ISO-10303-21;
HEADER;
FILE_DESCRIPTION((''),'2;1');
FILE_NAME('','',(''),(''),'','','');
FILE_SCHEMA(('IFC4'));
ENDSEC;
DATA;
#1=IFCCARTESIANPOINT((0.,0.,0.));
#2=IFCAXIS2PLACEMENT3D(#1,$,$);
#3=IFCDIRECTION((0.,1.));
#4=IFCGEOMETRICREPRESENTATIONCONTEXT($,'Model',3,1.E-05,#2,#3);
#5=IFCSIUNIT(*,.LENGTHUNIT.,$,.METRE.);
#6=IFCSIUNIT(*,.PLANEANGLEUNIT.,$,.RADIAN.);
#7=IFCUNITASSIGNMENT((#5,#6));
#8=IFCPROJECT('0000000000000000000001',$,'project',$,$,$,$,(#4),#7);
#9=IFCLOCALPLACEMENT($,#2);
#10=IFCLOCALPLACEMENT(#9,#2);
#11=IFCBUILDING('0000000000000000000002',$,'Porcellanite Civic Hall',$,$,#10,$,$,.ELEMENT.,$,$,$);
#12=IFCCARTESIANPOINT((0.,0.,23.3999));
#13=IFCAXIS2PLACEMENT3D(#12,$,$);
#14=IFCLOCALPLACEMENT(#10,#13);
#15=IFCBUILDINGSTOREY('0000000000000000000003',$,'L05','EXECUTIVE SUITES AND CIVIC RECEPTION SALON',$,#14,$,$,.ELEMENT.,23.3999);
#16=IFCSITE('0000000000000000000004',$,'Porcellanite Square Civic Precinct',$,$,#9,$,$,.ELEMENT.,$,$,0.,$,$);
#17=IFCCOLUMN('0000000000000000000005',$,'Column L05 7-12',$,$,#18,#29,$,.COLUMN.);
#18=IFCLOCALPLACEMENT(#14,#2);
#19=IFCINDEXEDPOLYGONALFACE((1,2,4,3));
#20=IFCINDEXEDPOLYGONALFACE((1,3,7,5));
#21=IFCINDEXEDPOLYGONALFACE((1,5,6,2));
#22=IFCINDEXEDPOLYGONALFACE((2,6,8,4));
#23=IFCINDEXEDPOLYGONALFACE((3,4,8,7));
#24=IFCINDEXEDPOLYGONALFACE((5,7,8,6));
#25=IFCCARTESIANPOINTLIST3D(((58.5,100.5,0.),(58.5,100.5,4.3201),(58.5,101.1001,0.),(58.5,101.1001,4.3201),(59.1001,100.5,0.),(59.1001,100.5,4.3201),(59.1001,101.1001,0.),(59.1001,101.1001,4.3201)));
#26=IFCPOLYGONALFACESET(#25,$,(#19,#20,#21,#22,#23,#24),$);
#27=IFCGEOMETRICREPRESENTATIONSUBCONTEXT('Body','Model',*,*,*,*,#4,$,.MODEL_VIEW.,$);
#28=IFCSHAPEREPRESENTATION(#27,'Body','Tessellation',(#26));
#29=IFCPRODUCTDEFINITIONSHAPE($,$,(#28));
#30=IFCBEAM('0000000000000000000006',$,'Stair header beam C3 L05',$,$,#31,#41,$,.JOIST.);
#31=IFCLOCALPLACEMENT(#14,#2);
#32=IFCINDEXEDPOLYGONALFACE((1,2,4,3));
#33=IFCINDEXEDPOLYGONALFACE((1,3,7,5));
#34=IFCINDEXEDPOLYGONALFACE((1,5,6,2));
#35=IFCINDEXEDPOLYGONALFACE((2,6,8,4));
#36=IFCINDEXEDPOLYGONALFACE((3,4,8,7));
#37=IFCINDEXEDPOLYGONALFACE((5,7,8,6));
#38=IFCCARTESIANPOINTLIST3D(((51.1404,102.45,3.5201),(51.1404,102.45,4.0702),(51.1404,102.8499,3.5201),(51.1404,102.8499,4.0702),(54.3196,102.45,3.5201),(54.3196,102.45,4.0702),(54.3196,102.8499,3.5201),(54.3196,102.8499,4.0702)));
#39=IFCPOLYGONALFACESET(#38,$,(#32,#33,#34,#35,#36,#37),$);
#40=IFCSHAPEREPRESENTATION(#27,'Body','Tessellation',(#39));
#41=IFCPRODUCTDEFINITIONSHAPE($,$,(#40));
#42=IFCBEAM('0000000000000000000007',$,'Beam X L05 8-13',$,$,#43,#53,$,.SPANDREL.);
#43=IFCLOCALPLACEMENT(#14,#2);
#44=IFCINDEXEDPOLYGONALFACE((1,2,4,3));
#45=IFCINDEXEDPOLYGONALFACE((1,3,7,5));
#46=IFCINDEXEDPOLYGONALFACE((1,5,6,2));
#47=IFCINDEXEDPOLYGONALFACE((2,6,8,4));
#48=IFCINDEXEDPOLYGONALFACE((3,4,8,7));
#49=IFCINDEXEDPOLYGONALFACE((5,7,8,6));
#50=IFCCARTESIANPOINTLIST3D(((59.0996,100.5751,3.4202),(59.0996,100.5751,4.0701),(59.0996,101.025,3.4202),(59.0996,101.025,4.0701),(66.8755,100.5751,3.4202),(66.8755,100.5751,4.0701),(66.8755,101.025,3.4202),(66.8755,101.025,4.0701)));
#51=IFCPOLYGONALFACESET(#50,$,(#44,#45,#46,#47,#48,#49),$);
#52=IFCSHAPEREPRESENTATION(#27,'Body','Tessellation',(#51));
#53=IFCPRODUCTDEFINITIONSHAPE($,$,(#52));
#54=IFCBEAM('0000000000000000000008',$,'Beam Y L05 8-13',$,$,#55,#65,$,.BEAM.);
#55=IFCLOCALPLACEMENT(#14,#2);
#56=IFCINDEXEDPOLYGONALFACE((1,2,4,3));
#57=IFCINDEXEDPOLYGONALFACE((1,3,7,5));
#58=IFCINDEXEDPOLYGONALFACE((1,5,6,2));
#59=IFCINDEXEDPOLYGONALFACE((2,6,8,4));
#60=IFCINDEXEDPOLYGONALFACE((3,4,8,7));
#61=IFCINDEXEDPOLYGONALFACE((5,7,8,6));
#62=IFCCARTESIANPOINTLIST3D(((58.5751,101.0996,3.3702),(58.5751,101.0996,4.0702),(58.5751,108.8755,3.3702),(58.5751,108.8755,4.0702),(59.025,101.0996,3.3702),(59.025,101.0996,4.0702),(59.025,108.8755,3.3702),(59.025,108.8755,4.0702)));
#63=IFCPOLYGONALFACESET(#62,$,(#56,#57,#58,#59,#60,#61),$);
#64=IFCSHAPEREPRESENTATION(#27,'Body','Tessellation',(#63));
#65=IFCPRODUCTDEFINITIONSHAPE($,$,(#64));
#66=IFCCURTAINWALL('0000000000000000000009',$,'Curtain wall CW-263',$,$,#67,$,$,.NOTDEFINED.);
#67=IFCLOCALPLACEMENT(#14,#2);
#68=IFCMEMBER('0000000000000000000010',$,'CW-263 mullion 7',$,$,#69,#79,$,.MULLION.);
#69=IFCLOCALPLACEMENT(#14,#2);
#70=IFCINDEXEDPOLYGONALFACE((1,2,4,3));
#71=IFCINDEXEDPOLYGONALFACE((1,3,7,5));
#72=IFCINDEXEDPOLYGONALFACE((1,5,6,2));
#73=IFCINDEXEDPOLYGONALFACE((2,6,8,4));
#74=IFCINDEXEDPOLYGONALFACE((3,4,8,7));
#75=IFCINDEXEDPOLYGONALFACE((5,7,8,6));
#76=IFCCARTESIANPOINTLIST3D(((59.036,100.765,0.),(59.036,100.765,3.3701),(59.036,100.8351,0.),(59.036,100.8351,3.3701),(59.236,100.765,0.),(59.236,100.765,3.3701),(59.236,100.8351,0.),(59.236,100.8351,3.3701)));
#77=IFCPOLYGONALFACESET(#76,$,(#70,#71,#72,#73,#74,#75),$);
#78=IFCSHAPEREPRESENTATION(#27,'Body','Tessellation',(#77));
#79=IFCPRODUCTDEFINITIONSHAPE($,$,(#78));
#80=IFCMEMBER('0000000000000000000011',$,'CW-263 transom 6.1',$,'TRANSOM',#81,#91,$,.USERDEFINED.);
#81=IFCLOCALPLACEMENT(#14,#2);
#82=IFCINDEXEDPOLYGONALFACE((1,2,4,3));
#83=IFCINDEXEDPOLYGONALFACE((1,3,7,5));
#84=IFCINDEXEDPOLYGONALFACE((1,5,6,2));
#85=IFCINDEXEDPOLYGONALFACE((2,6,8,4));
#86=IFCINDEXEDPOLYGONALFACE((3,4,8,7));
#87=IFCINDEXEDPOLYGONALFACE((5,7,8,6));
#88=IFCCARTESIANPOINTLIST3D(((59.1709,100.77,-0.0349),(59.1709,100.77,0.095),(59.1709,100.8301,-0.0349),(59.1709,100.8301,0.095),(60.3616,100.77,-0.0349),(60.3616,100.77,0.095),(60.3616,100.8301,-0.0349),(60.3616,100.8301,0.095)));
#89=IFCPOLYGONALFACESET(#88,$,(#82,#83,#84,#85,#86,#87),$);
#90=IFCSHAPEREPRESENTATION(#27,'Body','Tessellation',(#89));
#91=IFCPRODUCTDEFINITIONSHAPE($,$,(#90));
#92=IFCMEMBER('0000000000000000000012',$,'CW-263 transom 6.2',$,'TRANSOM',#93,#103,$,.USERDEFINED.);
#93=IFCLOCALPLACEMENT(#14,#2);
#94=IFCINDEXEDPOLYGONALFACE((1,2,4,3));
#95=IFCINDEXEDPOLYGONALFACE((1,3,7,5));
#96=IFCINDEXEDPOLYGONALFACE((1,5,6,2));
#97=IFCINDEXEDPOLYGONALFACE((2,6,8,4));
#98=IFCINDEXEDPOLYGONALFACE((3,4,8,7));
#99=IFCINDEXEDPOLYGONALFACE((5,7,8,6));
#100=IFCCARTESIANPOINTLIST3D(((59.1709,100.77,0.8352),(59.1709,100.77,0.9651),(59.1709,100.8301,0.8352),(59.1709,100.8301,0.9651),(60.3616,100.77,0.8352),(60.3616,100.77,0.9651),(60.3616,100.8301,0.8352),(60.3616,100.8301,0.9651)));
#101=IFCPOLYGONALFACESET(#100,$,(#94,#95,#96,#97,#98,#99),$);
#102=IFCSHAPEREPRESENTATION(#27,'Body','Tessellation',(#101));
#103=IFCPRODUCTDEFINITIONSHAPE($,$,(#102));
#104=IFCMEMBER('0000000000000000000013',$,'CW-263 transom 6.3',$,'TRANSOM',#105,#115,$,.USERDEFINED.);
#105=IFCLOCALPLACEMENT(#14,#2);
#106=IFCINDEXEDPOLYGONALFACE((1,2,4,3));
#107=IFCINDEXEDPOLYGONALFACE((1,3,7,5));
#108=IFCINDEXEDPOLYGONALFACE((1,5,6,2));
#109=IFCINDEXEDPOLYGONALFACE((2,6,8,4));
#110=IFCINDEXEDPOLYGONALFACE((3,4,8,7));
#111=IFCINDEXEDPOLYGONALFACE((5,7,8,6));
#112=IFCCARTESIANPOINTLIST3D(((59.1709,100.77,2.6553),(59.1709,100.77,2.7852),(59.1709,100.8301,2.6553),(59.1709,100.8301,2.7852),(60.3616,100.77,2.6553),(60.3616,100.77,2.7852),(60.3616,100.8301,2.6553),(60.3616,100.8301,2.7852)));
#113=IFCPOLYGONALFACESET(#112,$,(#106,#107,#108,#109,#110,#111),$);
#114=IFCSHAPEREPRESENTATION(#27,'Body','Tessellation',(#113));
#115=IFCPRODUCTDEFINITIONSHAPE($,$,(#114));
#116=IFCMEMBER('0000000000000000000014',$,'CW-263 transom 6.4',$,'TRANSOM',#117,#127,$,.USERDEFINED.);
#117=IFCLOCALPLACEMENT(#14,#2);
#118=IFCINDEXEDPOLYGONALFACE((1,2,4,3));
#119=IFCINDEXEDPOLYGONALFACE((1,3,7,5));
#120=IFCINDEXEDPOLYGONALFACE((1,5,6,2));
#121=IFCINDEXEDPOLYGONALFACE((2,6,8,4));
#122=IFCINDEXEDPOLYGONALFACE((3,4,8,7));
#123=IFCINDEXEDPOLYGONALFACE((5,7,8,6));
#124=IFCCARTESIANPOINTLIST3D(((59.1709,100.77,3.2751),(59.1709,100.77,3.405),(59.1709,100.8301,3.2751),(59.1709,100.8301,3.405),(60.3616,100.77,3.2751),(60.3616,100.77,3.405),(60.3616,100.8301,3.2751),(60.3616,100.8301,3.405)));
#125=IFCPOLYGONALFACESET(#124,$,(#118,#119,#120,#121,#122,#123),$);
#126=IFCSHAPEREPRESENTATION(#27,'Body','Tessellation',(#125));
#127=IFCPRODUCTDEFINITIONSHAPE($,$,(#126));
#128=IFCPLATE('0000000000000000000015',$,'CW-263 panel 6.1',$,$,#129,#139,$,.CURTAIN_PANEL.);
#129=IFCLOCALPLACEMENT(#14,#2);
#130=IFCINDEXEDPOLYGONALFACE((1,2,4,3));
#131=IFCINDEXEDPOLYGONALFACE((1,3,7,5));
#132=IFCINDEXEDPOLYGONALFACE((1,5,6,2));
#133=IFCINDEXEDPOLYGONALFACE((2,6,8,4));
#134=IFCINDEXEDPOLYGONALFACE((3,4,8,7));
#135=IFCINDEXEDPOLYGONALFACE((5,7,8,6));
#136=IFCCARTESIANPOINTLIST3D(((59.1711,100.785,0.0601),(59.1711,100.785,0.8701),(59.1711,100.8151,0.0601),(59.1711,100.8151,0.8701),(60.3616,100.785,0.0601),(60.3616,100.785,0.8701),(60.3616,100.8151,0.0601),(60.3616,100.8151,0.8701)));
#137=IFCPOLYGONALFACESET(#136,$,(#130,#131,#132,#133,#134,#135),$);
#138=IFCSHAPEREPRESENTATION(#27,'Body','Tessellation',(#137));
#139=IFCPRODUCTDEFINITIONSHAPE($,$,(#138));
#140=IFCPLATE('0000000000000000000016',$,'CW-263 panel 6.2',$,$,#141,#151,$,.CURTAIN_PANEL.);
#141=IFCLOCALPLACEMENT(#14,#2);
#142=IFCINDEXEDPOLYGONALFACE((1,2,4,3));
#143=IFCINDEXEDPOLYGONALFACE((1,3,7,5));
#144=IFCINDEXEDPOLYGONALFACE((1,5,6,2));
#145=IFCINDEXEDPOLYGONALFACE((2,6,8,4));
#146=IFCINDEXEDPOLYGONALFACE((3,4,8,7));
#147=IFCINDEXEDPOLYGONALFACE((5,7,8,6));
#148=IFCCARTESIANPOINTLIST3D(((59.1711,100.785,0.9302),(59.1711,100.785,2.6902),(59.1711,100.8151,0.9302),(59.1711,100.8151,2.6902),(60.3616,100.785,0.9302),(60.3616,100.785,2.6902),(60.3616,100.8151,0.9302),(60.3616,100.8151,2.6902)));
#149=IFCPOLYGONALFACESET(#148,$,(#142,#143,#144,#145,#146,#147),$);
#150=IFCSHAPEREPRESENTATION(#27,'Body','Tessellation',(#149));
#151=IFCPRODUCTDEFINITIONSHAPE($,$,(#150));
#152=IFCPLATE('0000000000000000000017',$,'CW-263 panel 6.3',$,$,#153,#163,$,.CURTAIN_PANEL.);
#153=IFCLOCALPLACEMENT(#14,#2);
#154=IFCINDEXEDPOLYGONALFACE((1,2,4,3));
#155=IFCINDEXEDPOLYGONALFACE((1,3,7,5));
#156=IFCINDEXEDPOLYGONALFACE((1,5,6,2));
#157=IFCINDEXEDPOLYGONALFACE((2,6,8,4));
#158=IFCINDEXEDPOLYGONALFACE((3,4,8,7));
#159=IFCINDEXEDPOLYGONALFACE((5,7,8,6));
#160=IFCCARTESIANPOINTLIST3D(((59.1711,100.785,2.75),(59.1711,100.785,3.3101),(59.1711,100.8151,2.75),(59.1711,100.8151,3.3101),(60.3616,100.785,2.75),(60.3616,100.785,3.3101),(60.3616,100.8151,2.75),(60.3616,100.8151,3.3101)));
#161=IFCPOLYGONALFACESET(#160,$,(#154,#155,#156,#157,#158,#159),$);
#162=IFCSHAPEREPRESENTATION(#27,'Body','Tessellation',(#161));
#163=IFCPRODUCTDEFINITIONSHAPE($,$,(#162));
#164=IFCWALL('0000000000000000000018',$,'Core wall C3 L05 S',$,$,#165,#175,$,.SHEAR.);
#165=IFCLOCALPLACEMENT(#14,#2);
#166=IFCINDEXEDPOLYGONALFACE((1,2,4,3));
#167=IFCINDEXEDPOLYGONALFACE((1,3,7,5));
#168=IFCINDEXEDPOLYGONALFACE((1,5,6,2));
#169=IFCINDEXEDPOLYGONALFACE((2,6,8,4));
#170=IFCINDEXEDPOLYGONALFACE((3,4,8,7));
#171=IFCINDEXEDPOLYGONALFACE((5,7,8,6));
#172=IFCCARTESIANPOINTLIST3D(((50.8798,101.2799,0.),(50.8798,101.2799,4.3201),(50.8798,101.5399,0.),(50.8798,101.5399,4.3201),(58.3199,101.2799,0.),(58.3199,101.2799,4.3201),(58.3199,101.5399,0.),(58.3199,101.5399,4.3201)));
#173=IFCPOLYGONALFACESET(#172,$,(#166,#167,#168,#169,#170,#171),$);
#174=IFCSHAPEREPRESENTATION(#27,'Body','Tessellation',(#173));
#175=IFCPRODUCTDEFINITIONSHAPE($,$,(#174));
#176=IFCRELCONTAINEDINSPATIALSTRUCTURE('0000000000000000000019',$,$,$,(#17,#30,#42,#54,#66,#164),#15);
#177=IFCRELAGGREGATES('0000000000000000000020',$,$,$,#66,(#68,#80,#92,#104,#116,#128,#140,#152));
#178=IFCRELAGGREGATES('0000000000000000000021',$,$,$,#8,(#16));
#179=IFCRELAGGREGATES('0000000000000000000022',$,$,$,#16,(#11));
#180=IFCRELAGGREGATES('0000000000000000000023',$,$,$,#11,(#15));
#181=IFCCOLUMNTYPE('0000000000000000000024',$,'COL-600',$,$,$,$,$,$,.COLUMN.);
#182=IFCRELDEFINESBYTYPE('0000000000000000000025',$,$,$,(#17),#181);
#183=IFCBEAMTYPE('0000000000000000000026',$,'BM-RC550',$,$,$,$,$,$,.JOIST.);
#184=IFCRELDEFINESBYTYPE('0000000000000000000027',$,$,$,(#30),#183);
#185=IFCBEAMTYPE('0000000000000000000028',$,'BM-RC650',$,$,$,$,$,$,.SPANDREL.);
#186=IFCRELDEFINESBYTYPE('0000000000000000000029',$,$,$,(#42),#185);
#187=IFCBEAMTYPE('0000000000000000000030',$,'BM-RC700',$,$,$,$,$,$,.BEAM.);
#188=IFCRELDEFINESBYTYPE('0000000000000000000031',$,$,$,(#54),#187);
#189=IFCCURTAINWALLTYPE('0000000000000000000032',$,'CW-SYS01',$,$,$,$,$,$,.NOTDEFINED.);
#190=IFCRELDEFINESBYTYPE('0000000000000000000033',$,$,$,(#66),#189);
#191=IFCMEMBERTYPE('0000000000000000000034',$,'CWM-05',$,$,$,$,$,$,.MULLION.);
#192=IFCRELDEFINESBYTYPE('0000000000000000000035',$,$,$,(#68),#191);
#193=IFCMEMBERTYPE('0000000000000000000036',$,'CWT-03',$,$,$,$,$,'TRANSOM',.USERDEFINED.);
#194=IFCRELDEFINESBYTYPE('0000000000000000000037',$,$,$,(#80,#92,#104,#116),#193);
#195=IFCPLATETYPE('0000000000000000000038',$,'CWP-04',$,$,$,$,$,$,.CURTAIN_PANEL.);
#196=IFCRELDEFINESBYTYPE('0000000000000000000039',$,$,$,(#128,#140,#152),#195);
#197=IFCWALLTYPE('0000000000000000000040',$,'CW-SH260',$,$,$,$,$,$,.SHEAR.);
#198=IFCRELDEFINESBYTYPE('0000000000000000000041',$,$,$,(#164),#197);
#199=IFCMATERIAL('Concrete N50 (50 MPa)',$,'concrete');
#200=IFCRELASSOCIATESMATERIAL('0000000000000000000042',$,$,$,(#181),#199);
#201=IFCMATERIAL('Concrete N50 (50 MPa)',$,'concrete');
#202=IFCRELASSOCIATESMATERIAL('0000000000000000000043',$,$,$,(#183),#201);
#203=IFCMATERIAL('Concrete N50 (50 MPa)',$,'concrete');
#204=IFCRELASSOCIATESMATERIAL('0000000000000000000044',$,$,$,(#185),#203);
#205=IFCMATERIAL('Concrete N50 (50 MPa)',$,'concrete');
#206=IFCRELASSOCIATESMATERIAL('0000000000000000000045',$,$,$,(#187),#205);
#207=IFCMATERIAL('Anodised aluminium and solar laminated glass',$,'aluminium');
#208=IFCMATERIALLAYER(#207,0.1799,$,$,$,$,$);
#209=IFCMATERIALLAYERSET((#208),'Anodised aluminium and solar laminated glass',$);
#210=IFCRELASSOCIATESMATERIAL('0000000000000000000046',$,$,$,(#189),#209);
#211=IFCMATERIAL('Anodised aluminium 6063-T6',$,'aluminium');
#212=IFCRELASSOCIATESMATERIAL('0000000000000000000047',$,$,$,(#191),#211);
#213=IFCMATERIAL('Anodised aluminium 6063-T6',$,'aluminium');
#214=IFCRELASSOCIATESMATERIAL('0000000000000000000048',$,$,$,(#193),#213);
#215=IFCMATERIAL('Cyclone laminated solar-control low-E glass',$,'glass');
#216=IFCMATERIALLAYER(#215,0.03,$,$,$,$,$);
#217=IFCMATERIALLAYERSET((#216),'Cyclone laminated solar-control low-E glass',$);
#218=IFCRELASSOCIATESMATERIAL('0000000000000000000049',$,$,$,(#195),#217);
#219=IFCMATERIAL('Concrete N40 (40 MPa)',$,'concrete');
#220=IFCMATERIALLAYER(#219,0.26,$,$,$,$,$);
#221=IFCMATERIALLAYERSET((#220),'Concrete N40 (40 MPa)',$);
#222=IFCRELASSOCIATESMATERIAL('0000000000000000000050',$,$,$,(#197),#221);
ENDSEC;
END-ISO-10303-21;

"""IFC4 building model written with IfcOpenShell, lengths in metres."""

from ifc_helpers import new_model, si_unit, direction, frame, frame_2d, origin, origin_2d, place, context, subcontext, project, spatial, rectangle, extrude, material, layer, layer_set, material_profile, profile_set, type_object, element, aggregate, save


model = new_model("IFC4")

# Units and contexts
model_context = context("Model", 3, precision=1e-05, world=origin(), true_north=direction((0.0, 1.0)))
body_context = subcontext(model_context, "Body", "Model", "MODEL_VIEW")
ifc_project = project(units=[si_unit("LENGTHUNIT", "METRE"), si_unit("PLANEANGLEUNIT", "RADIAN")], contexts=[model_context])

# Site, building, storey
site_placement = place(None, origin())
site = spatial("IfcSite", under=ifc_project, at=site_placement, Name="Porcellanite Square Civic Precinct", CompositionType="ELEMENT", RefElevation=0.0)
building_placement = place(site_placement, origin())
building = spatial("IfcBuilding", under=site, at=building_placement, Name="Porcellanite Civic Hall", CompositionType="ELEMENT")
storey_placement = place(building_placement, frame((0.0, 0.0, 23.3999)))
storey = spatial("IfcBuildingStorey", under=building, at=storey_placement, Name="L05", Description="EXECUTIVE SUITES AND CIVIC RECEPTION SALON", CompositionType="ELEMENT", Elevation=23.3999)

# Column
ifc_material_1 = material(Name="Concrete N50 (50 MPa)", Category="concrete")
ifc_material_profile_1 = material_profile(ifc_material_1, rectangle(XDim=0.6001, YDim=0.6001, at=origin_2d()), Name="RC-600x600")
ifc_profile_set_1 = profile_set([ifc_material_profile_1], Name="Concrete N50 (50 MPa)")
column_type = type_object("IfcColumnType", Name="COL-600", PredefinedType="COLUMN", material=ifc_profile_set_1)
column_placement = place(storey_placement, frame((58.8, 100.8, 0.0), z_axis=(0.0, 0.0, 1.0), x_axis=(1.0, 0.0, 0.0)))
element("IfcColumn", 1, at=column_placement, inside=storey, type_object=column_type, Name="Column L05 7-12", PredefinedType="COLUMN", context=body_context, shape_type="SweptSolid", body=[
    extrude(rectangle(XDim=0.6001, YDim=0.6001, at=origin_2d()), origin(), (0.0, 0.0, 1.0), 4.3201),
])

# Beams
ifc_material_2 = material(Name="Concrete N50 (50 MPa)", Category="concrete")
ifc_material_profile_2 = material_profile(ifc_material_2, rectangle(XDim=0.3999, YDim=0.55, at=origin_2d()), Name="RC-400x550")
ifc_profile_set_2 = profile_set([ifc_material_profile_2], Name="Concrete N50 (50 MPa)")
beam_type_1 = type_object("IfcBeamType", Name="BM-RC550", PredefinedType="JOIST", material=ifc_profile_set_2)
beam_1_placement = place(storey_placement, frame((51.1404, 102.6499, 3.7952), z_axis=(1.0, 0.0, 0.0), x_axis=(0.0, 1.0, 0.0)))
element("IfcBeam", 2, at=beam_1_placement, inside=storey, type_object=beam_type_1, Name="Stair header beam C3 L05", PredefinedType="JOIST", context=body_context, shape_type="SweptSolid", body=[
    extrude(rectangle(XDim=0.3999, YDim=0.55, at=origin_2d()), origin(), (0.0, 0.0, 1.0), 3.1792),
])
ifc_material_3 = material(Name="Concrete N50 (50 MPa)", Category="concrete")
ifc_material_profile_3 = material_profile(ifc_material_3, rectangle(XDim=0.45, YDim=0.6499, at=origin_2d()), Name="RC-450x650")
ifc_profile_set_3 = profile_set([ifc_material_profile_3], Name="Concrete N50 (50 MPa)")
beam_type_2 = type_object("IfcBeamType", Name="BM-RC650", PredefinedType="SPANDREL", material=ifc_profile_set_3)
beam_2_placement = place(storey_placement, frame((59.0996, 100.8, 3.7451), z_axis=(1.0, 0.0, 0.0), x_axis=(0.0, 1.0, 0.0)))
element("IfcBeam", 3, at=beam_2_placement, inside=storey, type_object=beam_type_2, Name="Beam X L05 8-13", PredefinedType="SPANDREL", context=body_context, shape_type="SweptSolid", body=[
    extrude(rectangle(XDim=0.45, YDim=0.6499, at=origin_2d()), origin(), (0.0, 0.0, 1.0), 7.7759),
])
ifc_material_4 = material(Name="Concrete N50 (50 MPa)", Category="concrete")
ifc_material_profile_4 = material_profile(ifc_material_4, rectangle(XDim=0.45, YDim=0.7, at=origin_2d()), Name="RC-450x700")
ifc_profile_set_4 = profile_set([ifc_material_profile_4], Name="Concrete N50 (50 MPa)")
beam_type_3 = type_object("IfcBeamType", Name="BM-RC700", PredefinedType="BEAM", material=ifc_profile_set_4)
beam_3_placement = place(storey_placement, frame((58.8, 101.0996, 3.7202), z_axis=(0.0, 1.0, 0.0), x_axis=(-1.0, 0.0, 0.0)))
element("IfcBeam", 4, at=beam_3_placement, inside=storey, type_object=beam_type_3, Name="Beam Y L05 8-13", PredefinedType="BEAM", context=body_context, shape_type="SweptSolid", body=[
    extrude(rectangle(XDim=0.45, YDim=0.7, at=origin_2d()), origin(), (0.0, 0.0, 1.0), 7.7759),
])

# Curtain wall, members, plates
ifc_material_5 = material(Name="Anodised aluminium and solar laminated glass", Category="aluminium")
ifc_layer_1 = layer(ifc_material_5, 0.1799)
ifc_layer_set_1 = layer_set([ifc_layer_1], Name="Anodised aluminium and solar laminated glass")
curtain_wall_type = type_object("IfcCurtainWallType", Name="CW-SYS01", PredefinedType="NOTDEFINED", material=ifc_layer_set_1)
curtain_wall_placement = place(storey_placement, origin())
curtain_wall = element("IfcCurtainWall", 5, at=curtain_wall_placement, inside=storey, type_object=curtain_wall_type, Name="Curtain wall CW-263", PredefinedType="NOTDEFINED")
ifc_material_6 = material(Name="Anodised aluminium 6063-T6", Category="aluminium")
ifc_material_profile_5 = material_profile(ifc_material_6, rectangle(XDim=0.0701, YDim=0.2, at=origin_2d()), Name="AL-70x200")
ifc_profile_set_5 = profile_set([ifc_material_profile_5], Name="Anodised aluminium 6063-T6")
member_type_1 = type_object("IfcMemberType", Name="CWM-05", PredefinedType="MULLION", material=ifc_profile_set_5)
member_1_placement = place(storey_placement, frame((59.136, 100.8, 0.0), z_axis=(0.0, 0.0, 1.0), x_axis=(0.0, -1.0, 0.0)))
member_1 = element("IfcMember", 6, at=member_1_placement, type_object=member_type_1, Name="CW-263 mullion 7", PredefinedType="MULLION", context=body_context, shape_type="SweptSolid", body=[
    extrude(rectangle(XDim=0.0701, YDim=0.2, at=origin_2d()), origin(), (0.0, 0.0, 1.0), 3.3701),
])
ifc_material_7 = material(Name="Anodised aluminium 6063-T6", Category="aluminium")
ifc_material_profile_6 = material_profile(ifc_material_7, rectangle(XDim=0.0601, YDim=0.1299, at=origin_2d()), Name="AL-60x130")
ifc_profile_set_6 = profile_set([ifc_material_profile_6], Name="Anodised aluminium 6063-T6")
member_type_2 = type_object("IfcMemberType", Name="CWT-03", ElementType="TRANSOM", PredefinedType="USERDEFINED", material=ifc_profile_set_6)
member_2_placement = place(storey_placement, frame((60.3616, 100.8, 0.03), z_axis=(-1.0, 0.0, 0.0), x_axis=(0.0, -1.0, 0.0)))
member_2 = element("IfcMember", 7, at=member_2_placement, type_object=member_type_2, Name="CW-263 transom 6.1", ObjectType="TRANSOM", PredefinedType="USERDEFINED", context=body_context, shape_type="SweptSolid", body=[
    extrude(rectangle(XDim=0.0601, YDim=0.1299, at=origin_2d()), origin(), (0.0, 0.0, 1.0), 1.1907),
])
member_3_placement = place(storey_placement, frame((60.3616, 100.8, 0.9001), z_axis=(-1.0, 0.0, 0.0), x_axis=(0.0, -1.0, 0.0)))
member_3 = element("IfcMember", 8, at=member_3_placement, type_object=member_type_2, Name="CW-263 transom 6.2", ObjectType="TRANSOM", PredefinedType="USERDEFINED", context=body_context, shape_type="SweptSolid", body=[
    extrude(rectangle(XDim=0.0601, YDim=0.1299, at=origin_2d()), origin(), (0.0, 0.0, 1.0), 1.1907),
])
member_4_placement = place(storey_placement, frame((60.3616, 100.8, 2.7202), z_axis=(-1.0, 0.0, 0.0), x_axis=(0.0, -1.0, 0.0)))
member_4 = element("IfcMember", 9, at=member_4_placement, type_object=member_type_2, Name="CW-263 transom 6.3", ObjectType="TRANSOM", PredefinedType="USERDEFINED", context=body_context, shape_type="SweptSolid", body=[
    extrude(rectangle(XDim=0.0601, YDim=0.1299, at=origin_2d()), origin(), (0.0, 0.0, 1.0), 1.1907),
])
member_5_placement = place(storey_placement, frame((60.3616, 100.8, 3.3401), z_axis=(-1.0, 0.0, 0.0), x_axis=(0.0, -1.0, 0.0)))
member_5 = element("IfcMember", 10, at=member_5_placement, type_object=member_type_2, Name="CW-263 transom 6.4", ObjectType="TRANSOM", PredefinedType="USERDEFINED", context=body_context, shape_type="SweptSolid", body=[
    extrude(rectangle(XDim=0.0601, YDim=0.1299, at=origin_2d()), origin(), (0.0, 0.0, 1.0), 1.1907),
])
ifc_material_8 = material(Name="Cyclone laminated solar-control low-E glass", Category="glass")
ifc_layer_2 = layer(ifc_material_8, 0.03)
ifc_layer_set_2 = layer_set([ifc_layer_2], Name="Cyclone laminated solar-control low-E glass")
plate_type = type_object("IfcPlateType", Name="CWP-04", PredefinedType="CURTAIN_PANEL", material=ifc_layer_set_2)
plate_1_placement = place(storey_placement, frame((59.7664, 100.8, 0.0601), z_axis=(0.0, 0.0, 1.0), x_axis=(-1.0, 0.0, 0.0)))
plate_1 = element("IfcPlate", 11, at=plate_1_placement, type_object=plate_type, Name="CW-263 panel 6.1", PredefinedType="CURTAIN_PANEL", context=body_context, shape_type="SweptSolid", body=[
    extrude(rectangle(XDim=1.1904, YDim=0.03, at=origin_2d()), origin(), (0.0, 0.0, 1.0), 0.8101),
])
plate_2_placement = place(storey_placement, frame((59.7664, 100.8, 0.9302), z_axis=(0.0, 0.0, 1.0), x_axis=(-1.0, 0.0, 0.0)))
plate_2 = element("IfcPlate", 12, at=plate_2_placement, type_object=plate_type, Name="CW-263 panel 6.2", PredefinedType="CURTAIN_PANEL", context=body_context, shape_type="SweptSolid", body=[
    extrude(rectangle(XDim=1.1904, YDim=0.03, at=origin_2d()), origin(), (0.0, 0.0, 1.0), 1.76),
])
plate_3_placement = place(storey_placement, frame((59.7664, 100.8, 2.75), z_axis=(0.0, 0.0, 1.0), x_axis=(-1.0, 0.0, 0.0)))
plate_3 = element("IfcPlate", 13, at=plate_3_placement, type_object=plate_type, Name="CW-263 panel 6.3", PredefinedType="CURTAIN_PANEL", context=body_context, shape_type="SweptSolid", body=[
    extrude(rectangle(XDim=1.1904, YDim=0.03, at=origin_2d()), origin(), (0.0, 0.0, 1.0), 0.5601),
])
aggregate(curtain_wall, [member_1, member_2, member_3, member_4, member_5, plate_1, plate_2, plate_3])

# Wall
ifc_material_9 = material(Name="Concrete N40 (40 MPa)", Category="concrete")
ifc_layer_3 = layer(ifc_material_9, 0.26)
ifc_layer_set_3 = layer_set([ifc_layer_3], Name="Concrete N40 (40 MPa)")
wall_type_1 = type_object("IfcWallType", Name="CW-SH260", PredefinedType="SHEAR", material=ifc_layer_set_3)
wall_1_placement = place(storey_placement, frame((58.3201, 101.4099, 0.0), z_axis=(0.0, 0.0, 1.0), x_axis=(-1.0, 0.0, 0.0)))
element("IfcWall", 14, at=wall_1_placement, inside=storey, type_object=wall_type_1, Name="Core wall C3 L05 S", PredefinedType="SHEAR", context=body_context, shape_type="SweptSolid", body=[
    extrude(rectangle(XDim=7.4402, YDim=0.26, at=frame_2d((3.7202, 0.0))), origin(), (0.0, 0.0, 1.0), 4.3201),
])

save(model, "model.ifc")
